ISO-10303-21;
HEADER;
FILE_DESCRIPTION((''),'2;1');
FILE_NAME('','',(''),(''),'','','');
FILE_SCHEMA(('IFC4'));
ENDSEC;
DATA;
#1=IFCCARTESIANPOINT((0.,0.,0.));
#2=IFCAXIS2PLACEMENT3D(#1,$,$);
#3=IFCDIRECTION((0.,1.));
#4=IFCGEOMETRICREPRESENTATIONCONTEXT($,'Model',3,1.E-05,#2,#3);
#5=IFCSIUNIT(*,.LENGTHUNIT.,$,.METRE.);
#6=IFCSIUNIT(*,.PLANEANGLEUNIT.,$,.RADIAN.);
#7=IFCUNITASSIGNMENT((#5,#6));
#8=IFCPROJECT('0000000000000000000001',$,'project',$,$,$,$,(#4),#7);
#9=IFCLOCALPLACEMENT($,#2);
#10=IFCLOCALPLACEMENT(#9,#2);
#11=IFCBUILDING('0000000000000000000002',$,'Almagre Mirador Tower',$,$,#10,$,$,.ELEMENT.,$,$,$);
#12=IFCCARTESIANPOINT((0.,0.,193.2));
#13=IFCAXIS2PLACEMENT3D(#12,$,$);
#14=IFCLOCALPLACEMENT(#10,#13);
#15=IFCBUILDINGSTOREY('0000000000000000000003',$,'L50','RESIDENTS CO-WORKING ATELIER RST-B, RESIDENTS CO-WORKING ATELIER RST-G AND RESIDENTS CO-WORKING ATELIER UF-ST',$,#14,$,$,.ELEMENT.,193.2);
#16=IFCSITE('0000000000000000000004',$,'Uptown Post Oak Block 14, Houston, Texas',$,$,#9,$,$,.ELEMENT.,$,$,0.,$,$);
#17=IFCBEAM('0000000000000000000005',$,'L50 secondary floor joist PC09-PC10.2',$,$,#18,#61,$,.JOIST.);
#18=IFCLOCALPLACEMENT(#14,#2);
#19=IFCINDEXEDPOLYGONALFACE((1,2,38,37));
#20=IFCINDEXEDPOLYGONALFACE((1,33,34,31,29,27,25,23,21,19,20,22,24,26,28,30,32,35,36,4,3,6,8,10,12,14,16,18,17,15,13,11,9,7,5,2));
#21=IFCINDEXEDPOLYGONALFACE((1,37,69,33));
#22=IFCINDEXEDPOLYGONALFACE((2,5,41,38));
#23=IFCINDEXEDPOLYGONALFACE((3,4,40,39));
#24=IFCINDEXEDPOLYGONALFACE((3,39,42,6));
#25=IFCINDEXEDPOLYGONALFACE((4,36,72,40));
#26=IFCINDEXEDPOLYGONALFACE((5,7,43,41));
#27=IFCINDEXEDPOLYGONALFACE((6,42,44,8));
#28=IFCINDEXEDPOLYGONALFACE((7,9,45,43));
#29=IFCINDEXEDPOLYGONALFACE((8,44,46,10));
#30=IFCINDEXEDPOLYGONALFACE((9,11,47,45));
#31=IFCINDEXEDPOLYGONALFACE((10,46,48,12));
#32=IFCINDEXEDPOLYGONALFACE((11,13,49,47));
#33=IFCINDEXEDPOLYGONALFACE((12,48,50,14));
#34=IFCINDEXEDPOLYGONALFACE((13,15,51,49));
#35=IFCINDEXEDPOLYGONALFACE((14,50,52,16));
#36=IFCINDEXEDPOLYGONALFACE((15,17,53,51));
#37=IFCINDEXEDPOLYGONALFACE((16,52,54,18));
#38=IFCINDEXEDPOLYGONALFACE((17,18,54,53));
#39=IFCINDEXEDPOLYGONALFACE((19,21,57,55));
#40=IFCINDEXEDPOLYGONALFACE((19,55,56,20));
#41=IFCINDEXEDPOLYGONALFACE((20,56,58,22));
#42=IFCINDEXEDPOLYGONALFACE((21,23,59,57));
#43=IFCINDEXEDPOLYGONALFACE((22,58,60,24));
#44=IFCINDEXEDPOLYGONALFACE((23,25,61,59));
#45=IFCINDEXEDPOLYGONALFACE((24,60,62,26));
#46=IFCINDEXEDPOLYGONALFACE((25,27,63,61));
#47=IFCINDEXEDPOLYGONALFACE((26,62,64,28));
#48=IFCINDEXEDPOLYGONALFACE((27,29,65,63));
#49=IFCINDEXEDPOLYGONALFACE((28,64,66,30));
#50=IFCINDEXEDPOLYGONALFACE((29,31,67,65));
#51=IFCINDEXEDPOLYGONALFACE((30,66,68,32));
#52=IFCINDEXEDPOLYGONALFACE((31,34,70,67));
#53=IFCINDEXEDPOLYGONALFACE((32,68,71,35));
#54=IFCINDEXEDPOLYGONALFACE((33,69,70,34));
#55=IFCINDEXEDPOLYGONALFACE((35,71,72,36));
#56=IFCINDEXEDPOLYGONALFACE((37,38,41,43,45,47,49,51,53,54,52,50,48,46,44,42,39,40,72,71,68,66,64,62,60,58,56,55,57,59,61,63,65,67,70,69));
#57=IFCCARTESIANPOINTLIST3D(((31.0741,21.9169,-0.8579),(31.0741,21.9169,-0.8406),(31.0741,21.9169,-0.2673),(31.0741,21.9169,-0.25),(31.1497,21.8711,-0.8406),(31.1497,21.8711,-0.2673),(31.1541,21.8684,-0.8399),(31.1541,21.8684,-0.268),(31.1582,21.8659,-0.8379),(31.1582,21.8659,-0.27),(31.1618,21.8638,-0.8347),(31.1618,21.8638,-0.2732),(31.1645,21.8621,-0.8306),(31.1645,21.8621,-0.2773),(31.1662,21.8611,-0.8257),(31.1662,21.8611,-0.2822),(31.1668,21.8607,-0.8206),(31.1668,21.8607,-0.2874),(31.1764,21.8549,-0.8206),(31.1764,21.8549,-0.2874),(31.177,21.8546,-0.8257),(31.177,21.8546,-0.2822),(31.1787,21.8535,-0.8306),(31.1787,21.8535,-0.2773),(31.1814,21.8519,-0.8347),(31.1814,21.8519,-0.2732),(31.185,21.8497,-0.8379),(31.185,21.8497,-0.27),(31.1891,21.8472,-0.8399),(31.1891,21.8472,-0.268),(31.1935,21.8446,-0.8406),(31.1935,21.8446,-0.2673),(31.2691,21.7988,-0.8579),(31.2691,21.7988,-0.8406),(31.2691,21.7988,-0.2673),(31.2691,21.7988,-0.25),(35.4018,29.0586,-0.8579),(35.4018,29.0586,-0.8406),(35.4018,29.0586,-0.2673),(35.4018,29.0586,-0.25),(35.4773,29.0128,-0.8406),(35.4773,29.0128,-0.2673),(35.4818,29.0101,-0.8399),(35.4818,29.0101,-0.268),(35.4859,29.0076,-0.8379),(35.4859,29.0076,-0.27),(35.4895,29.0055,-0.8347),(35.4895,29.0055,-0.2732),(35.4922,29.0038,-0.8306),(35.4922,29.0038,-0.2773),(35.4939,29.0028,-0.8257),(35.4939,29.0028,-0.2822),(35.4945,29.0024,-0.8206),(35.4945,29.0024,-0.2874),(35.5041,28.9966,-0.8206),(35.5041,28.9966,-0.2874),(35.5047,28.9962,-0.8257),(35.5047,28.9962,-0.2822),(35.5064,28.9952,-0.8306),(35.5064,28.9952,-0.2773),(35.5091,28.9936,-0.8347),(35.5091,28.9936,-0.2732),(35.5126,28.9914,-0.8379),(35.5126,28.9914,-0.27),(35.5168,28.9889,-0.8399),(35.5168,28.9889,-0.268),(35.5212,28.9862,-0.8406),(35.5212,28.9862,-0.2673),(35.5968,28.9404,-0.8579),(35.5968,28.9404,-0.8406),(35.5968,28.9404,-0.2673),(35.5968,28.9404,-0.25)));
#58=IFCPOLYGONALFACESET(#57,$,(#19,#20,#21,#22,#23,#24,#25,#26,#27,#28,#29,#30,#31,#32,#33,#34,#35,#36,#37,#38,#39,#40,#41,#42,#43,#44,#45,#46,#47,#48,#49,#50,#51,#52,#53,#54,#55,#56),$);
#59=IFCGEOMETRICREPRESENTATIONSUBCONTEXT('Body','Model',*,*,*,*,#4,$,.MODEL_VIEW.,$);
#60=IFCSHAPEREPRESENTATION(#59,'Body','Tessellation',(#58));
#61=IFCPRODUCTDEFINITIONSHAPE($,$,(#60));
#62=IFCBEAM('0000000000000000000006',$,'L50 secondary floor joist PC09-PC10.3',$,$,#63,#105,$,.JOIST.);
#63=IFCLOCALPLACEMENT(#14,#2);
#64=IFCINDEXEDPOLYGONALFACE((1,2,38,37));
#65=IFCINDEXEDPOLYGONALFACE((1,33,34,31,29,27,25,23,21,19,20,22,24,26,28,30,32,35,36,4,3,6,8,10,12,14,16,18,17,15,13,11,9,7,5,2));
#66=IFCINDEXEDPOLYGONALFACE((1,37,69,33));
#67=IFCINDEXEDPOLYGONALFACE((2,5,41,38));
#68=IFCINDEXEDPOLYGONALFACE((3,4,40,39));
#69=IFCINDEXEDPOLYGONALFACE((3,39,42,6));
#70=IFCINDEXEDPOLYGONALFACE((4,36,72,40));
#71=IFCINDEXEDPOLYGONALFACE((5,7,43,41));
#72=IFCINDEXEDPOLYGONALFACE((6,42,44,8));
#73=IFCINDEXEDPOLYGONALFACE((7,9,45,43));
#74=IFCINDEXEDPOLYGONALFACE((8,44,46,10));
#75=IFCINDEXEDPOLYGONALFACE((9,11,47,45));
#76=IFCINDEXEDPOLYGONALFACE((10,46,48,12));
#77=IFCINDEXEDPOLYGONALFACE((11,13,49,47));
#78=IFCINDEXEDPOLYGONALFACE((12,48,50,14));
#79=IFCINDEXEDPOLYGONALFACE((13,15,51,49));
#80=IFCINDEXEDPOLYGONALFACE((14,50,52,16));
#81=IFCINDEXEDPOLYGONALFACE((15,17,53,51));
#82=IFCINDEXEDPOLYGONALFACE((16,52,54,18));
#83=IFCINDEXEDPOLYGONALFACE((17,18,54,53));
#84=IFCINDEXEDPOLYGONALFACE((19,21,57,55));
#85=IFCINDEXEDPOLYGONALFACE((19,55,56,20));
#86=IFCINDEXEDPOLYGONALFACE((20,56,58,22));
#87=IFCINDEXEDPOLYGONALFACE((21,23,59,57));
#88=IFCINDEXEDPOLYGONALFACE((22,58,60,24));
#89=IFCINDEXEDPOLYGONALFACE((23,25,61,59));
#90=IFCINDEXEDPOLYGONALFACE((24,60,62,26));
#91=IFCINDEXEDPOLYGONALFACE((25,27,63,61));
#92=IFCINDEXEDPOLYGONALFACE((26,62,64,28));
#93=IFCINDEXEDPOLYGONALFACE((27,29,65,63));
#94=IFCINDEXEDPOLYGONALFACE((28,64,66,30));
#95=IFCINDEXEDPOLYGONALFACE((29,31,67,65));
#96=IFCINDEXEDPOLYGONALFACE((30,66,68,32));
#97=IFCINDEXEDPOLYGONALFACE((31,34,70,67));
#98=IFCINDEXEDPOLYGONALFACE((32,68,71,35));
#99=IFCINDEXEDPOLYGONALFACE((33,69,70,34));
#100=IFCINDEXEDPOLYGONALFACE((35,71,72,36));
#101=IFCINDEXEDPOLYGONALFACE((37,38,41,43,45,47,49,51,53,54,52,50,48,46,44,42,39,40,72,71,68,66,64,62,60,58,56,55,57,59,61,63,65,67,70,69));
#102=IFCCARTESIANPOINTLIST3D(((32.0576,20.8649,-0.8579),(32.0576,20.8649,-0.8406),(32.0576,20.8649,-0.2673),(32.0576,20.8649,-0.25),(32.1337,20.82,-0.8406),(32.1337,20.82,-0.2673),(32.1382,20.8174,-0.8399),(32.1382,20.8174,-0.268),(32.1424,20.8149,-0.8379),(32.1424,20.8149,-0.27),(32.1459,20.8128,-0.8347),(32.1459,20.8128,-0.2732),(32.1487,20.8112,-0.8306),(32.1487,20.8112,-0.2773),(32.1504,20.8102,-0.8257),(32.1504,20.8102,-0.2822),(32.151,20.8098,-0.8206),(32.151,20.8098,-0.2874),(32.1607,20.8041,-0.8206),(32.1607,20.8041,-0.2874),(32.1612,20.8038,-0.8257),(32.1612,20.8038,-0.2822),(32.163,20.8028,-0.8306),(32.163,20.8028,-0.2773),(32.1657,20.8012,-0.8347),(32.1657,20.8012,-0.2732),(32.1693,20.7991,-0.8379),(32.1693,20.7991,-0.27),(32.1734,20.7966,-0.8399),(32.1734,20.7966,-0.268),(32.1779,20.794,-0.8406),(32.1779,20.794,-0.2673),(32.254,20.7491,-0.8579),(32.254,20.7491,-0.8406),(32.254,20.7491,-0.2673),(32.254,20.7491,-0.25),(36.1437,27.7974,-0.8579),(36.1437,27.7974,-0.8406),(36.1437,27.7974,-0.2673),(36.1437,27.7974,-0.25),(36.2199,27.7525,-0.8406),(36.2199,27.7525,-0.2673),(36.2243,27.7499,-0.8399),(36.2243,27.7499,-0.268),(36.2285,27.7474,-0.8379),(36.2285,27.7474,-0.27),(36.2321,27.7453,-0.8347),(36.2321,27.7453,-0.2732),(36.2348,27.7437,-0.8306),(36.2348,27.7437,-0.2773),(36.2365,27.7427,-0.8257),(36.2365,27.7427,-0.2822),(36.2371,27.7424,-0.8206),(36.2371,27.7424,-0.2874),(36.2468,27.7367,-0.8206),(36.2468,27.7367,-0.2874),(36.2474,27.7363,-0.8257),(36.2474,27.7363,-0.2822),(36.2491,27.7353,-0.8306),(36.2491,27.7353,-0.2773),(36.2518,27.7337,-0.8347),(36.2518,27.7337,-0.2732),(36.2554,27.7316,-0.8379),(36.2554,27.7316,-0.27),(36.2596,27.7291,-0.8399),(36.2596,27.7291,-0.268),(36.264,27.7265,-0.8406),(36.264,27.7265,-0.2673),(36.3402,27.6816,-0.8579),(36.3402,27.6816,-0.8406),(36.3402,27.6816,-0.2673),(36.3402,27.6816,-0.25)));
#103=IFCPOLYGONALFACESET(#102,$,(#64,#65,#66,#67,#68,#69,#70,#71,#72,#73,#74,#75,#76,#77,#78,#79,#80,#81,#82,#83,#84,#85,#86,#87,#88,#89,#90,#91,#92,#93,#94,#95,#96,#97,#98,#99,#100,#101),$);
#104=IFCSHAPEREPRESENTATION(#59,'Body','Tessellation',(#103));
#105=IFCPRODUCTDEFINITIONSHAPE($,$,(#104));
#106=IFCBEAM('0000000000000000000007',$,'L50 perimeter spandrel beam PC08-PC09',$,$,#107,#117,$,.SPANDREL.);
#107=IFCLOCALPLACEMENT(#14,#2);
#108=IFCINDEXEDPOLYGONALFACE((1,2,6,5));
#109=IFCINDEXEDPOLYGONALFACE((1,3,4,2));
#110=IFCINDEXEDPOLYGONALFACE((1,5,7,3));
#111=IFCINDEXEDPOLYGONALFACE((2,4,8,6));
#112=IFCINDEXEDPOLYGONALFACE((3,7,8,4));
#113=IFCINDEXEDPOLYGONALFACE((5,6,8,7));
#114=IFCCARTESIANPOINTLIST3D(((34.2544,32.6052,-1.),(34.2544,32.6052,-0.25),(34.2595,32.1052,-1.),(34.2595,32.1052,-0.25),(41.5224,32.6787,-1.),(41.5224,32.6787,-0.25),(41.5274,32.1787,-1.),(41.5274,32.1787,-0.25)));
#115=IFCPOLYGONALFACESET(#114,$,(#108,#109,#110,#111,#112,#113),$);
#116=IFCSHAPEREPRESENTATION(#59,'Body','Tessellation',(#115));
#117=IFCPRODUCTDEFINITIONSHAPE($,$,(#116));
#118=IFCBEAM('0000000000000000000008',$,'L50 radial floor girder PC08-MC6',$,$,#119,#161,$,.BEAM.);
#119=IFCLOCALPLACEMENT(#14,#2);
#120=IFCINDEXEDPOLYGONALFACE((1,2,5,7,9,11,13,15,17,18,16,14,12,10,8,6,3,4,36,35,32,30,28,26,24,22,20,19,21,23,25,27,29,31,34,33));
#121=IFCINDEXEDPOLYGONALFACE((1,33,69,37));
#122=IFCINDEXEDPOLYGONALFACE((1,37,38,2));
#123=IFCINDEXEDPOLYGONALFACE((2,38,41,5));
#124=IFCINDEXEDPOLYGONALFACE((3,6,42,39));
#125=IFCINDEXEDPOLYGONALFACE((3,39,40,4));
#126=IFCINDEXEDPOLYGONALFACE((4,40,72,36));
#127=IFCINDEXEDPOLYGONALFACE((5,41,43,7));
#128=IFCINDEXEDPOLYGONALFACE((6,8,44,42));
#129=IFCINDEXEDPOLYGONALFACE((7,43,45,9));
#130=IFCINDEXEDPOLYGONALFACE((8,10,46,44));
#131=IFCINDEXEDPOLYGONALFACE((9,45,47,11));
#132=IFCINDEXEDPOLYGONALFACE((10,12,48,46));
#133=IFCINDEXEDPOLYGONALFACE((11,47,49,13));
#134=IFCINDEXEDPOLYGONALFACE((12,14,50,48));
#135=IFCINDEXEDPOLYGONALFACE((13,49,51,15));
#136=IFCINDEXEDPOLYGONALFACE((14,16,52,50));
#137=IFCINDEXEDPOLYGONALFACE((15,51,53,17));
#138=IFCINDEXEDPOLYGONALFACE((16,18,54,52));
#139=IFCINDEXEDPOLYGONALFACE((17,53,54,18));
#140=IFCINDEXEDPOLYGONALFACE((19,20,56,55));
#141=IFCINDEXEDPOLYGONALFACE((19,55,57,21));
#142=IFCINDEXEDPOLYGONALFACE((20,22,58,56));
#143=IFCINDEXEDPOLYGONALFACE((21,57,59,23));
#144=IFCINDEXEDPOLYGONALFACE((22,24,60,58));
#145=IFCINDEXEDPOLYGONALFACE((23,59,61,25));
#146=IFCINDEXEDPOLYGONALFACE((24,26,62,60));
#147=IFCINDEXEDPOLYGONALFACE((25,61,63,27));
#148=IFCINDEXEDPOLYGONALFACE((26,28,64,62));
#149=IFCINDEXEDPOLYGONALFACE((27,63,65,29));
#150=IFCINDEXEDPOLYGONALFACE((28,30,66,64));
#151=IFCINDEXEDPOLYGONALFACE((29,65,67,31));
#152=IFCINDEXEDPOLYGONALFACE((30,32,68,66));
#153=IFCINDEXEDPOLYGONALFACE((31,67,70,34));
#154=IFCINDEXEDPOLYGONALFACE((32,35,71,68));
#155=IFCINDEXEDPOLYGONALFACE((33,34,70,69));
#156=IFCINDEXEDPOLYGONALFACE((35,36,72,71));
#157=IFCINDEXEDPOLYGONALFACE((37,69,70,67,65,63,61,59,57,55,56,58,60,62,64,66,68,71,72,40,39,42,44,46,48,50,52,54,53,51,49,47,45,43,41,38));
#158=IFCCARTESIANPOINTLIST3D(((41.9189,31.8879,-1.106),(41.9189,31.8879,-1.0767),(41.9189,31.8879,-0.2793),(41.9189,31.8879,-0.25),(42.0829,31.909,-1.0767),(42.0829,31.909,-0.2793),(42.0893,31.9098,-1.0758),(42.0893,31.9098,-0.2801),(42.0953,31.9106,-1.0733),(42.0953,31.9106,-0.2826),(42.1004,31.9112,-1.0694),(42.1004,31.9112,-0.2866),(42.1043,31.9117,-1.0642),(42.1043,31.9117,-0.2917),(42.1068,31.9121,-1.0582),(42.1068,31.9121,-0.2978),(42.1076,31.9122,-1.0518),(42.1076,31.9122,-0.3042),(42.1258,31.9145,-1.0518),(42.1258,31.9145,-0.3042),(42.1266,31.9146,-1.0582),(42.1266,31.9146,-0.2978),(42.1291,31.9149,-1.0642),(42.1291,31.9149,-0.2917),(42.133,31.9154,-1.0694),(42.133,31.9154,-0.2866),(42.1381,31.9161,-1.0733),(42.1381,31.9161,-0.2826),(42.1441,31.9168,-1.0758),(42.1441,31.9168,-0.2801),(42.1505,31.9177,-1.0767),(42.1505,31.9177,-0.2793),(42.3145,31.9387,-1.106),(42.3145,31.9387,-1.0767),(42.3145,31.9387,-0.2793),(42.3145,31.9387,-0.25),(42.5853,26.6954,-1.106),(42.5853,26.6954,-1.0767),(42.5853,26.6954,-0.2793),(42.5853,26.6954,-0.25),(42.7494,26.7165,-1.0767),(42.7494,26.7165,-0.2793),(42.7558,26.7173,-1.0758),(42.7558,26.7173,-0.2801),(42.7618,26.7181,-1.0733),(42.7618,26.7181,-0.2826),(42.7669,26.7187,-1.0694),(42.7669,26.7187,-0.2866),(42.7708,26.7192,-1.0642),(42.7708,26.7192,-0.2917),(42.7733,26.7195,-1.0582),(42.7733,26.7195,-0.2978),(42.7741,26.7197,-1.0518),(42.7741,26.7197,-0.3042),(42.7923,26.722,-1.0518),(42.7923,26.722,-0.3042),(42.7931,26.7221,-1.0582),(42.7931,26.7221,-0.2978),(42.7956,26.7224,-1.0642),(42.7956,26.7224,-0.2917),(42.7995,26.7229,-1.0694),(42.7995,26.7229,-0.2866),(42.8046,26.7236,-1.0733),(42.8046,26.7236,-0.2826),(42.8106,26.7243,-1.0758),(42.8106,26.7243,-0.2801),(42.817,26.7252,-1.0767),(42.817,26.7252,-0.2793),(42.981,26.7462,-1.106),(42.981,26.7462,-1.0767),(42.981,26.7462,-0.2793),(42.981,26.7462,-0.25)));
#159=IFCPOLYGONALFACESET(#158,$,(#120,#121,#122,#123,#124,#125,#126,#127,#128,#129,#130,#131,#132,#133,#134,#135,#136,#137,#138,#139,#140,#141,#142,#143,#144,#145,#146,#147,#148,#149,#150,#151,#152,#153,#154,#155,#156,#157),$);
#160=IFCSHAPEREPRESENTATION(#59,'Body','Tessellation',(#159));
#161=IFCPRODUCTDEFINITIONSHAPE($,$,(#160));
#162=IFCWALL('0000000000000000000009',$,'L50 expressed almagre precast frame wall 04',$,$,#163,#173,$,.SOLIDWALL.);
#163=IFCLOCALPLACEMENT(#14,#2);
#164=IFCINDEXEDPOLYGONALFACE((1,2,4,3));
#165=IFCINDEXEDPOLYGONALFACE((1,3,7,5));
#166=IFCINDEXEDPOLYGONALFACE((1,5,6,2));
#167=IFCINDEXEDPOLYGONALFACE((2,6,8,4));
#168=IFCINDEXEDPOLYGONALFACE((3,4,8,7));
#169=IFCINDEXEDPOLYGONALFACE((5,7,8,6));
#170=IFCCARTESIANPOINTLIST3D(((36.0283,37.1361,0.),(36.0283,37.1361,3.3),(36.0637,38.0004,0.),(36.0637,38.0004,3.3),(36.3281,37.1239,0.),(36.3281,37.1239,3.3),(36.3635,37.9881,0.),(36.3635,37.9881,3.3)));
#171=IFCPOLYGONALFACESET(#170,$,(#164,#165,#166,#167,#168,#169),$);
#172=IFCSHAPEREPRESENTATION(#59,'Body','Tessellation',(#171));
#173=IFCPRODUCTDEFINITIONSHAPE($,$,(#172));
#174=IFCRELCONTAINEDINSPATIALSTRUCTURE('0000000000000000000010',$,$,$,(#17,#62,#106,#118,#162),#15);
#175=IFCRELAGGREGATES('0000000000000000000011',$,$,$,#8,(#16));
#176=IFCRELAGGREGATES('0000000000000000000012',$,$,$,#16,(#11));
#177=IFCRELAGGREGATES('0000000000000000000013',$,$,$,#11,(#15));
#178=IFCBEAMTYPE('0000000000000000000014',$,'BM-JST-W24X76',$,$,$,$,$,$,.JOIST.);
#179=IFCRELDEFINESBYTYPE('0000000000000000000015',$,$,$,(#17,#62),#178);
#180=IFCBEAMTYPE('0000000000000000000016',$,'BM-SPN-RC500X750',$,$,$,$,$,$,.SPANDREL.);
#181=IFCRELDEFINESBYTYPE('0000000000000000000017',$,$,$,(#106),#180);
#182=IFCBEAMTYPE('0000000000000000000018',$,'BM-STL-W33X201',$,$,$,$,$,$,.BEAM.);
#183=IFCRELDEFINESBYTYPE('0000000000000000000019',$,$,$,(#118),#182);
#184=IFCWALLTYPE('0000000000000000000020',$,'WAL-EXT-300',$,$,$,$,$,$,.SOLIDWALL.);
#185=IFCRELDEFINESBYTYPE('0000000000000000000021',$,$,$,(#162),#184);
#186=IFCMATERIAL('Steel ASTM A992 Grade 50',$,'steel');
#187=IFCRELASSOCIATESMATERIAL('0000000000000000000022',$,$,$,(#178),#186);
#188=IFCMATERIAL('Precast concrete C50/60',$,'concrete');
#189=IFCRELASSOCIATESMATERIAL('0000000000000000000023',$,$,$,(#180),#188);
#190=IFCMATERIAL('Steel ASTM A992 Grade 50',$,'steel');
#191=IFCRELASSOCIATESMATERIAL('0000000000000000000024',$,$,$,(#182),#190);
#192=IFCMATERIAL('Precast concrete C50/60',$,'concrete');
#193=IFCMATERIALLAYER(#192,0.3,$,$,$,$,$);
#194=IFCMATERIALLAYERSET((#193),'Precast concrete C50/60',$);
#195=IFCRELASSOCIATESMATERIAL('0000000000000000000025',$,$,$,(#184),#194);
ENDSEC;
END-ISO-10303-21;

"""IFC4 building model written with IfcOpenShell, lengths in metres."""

from ifc_helpers import new_model, si_unit, direction, frame, frame_2d, origin, origin_2d, place, context, subcontext, project, spatial, rectangle, i_section, extrude, material, layer, layer_set, material_profile, profile_set, type_object, element, save


model = new_model("IFC4")

# Units and contexts
model_context = context("Model", 3, precision=1e-05, world=origin(), true_north=direction((0.0, 1.0)))
body_context = subcontext(model_context, "Body", "Model", "MODEL_VIEW")
ifc_project = project(units=[si_unit("LENGTHUNIT", "METRE"), si_unit("PLANEANGLEUNIT", "RADIAN")], contexts=[model_context])

# Site, building, storey
site_placement = place(None, origin())
site = spatial("IfcSite", under=ifc_project, at=site_placement, Name="Uptown Post Oak Block 14, Houston, Texas", CompositionType="ELEMENT", RefElevation=0.0)
building_placement = place(site_placement, origin())
building = spatial("IfcBuilding", under=site, at=building_placement, Name="Almagre Mirador Tower", CompositionType="ELEMENT")
storey_placement = place(building_placement, frame((0.0, 0.0, 193.2)))
storey = spatial("IfcBuildingStorey", under=building, at=storey_placement, Name="L50", Description="RESIDENTS CO-WORKING ATELIER RST-B, RESIDENTS CO-WORKING ATELIER RST-G AND RESIDENTS CO-WORKING ATELIER UF-ST", CompositionType="ELEMENT", Elevation=193.2)

# Beams
ifc_material_1 = material(Name="Steel ASTM A992 Grade 50", Category="steel")
ifc_material_profile_1 = material_profile(ifc_material_1, i_section(OverallWidth=0.228, OverallDepth=0.6079, WebThickness=0.0112, FlangeThickness=0.0173, FilletRadius=0.02, at=origin_2d()), Name="W24X76")
ifc_profile_set_1 = profile_set([ifc_material_profile_1], Name="Steel ASTM A992 Grade 50")
beam_type_1 = type_object("IfcBeamType", Name="BM-JST-W24X76", PredefinedType="JOIST", material=ifc_profile_set_1)
beam_1_placement = place(storey_placement, frame((35.4993, 28.9995, -0.554), z_axis=(-0.518249, -0.85523, 0.0), x_axis=(0.85523, -0.518249, 0.0)))
element("IfcBeam", 1, at=beam_1_placement, inside=storey, type_object=beam_type_1, Name="L50 secondary floor joist PC09-PC10.2", PredefinedType="JOIST", context=body_context, shape_type="SweptSolid", body=[
    extrude(i_section(OverallWidth=0.228, OverallDepth=0.6079, WebThickness=0.0112, FlangeThickness=0.0173, FilletRadius=0.02, at=origin_2d()), origin(), (0.0, 0.0, 1.0), 8.3506),
])
beam_2_placement = place(storey_placement, frame((36.2419, 27.7395, -0.554), z_axis=(-0.507774, -0.86149, 0.0), x_axis=(0.86149, -0.507774, 0.0)))
element("IfcBeam", 2, at=beam_2_placement, inside=storey, type_object=beam_type_1, Name="L50 secondary floor joist PC09-PC10.3", PredefinedType="JOIST", context=body_context, shape_type="SweptSolid", body=[
    extrude(i_section(OverallWidth=0.228, OverallDepth=0.6079, WebThickness=0.0112, FlangeThickness=0.0173, FilletRadius=0.02, at=origin_2d()), origin(), (0.0, 0.0, 1.0), 8.0471),
])
ifc_material_2 = material(Name="Precast concrete C50/60", Category="concrete")
ifc_material_profile_2 = material_profile(ifc_material_2, rectangle(XDim=0.5, YDim=0.75, at=origin_2d()), Name="RC500X750")
ifc_profile_set_2 = profile_set([ifc_material_profile_2], Name="Precast concrete C50/60")
beam_type_2 = type_object("IfcBeamType", Name="BM-SPN-RC500X750", PredefinedType="SPANDREL", material=ifc_profile_set_2)
beam_3_placement = place(storey_placement, frame((41.5249, 32.4287, -0.625), z_axis=(-0.999949, -0.010111, 0.0), x_axis=(0.010111, -0.999949, 0.0)))
element("IfcBeam", 3, at=beam_3_placement, inside=storey, type_object=beam_type_2, Name="L50 perimeter spandrel beam PC08-PC09", PredefinedType="SPANDREL", context=body_context, shape_type="SweptSolid", body=[
    extrude(rectangle(XDim=0.5, YDim=0.75, at=origin_2d()), origin(), (0.0, 0.0, 1.0), 7.2683),
])
ifc_material_3 = material(Name="Steel ASTM A992 Grade 50", Category="steel")
ifc_material_profile_3 = material_profile(ifc_material_3, i_section(OverallWidth=0.3989, OverallDepth=0.856, WebThickness=0.0183, FlangeThickness=0.0293, FilletRadius=0.0249, at=origin_2d()), Name="W33X201")
ifc_profile_set_3 = profile_set([ifc_material_profile_3], Name="Steel ASTM A992 Grade 50")
beam_type_3 = type_object("IfcBeamType", Name="BM-STL-W33X201", PredefinedType="BEAM", material=ifc_profile_set_3)
beam_4_placement = place(storey_placement, frame((42.1167, 31.9133, -0.678), z_axis=(0.127311, -0.991863, 0.0), x_axis=(0.991863, 0.127311, 0.0)))
element("IfcBeam", 4, at=beam_4_placement, inside=storey, type_object=beam_type_3, Name="L50 radial floor girder PC08-MC6", PredefinedType="BEAM", context=body_context, shape_type="SweptSolid", body=[
    extrude(i_section(OverallWidth=0.3989, OverallDepth=0.856, WebThickness=0.0183, FlangeThickness=0.0293, FilletRadius=0.0249, at=origin_2d()), origin(), (0.0, 0.0, 1.0), 5.2351),
])

# Wall
ifc_material_4 = material(Name="Precast concrete C50/60", Category="concrete")
ifc_layer_1 = layer(ifc_material_4, 0.3)
ifc_layer_set_1 = layer_set([ifc_layer_1], Name="Precast concrete C50/60")
wall_type_1 = type_object("IfcWallType", Name="WAL-EXT-300", PredefinedType="SOLIDWALL", material=ifc_layer_set_1)
wall_1_placement = place(storey_placement, frame((36.2136, 37.9944, 0.0), z_axis=(0.0, 0.0, 1.0), x_axis=(-0.040926, -0.999162, 0.0)))
element("IfcWall", 5, at=wall_1_placement, inside=storey, type_object=wall_type_1, Name="L50 expressed almagre precast frame wall 04", PredefinedType="SOLIDWALL", context=body_context, shape_type="SweptSolid", body=[
    extrude(rectangle(XDim=0.865, YDim=0.3, at=frame_2d((0.4326, 0.0))), origin(), (0.0, 0.0, 1.0), 3.3),
])

save(model, "model.ifc")
